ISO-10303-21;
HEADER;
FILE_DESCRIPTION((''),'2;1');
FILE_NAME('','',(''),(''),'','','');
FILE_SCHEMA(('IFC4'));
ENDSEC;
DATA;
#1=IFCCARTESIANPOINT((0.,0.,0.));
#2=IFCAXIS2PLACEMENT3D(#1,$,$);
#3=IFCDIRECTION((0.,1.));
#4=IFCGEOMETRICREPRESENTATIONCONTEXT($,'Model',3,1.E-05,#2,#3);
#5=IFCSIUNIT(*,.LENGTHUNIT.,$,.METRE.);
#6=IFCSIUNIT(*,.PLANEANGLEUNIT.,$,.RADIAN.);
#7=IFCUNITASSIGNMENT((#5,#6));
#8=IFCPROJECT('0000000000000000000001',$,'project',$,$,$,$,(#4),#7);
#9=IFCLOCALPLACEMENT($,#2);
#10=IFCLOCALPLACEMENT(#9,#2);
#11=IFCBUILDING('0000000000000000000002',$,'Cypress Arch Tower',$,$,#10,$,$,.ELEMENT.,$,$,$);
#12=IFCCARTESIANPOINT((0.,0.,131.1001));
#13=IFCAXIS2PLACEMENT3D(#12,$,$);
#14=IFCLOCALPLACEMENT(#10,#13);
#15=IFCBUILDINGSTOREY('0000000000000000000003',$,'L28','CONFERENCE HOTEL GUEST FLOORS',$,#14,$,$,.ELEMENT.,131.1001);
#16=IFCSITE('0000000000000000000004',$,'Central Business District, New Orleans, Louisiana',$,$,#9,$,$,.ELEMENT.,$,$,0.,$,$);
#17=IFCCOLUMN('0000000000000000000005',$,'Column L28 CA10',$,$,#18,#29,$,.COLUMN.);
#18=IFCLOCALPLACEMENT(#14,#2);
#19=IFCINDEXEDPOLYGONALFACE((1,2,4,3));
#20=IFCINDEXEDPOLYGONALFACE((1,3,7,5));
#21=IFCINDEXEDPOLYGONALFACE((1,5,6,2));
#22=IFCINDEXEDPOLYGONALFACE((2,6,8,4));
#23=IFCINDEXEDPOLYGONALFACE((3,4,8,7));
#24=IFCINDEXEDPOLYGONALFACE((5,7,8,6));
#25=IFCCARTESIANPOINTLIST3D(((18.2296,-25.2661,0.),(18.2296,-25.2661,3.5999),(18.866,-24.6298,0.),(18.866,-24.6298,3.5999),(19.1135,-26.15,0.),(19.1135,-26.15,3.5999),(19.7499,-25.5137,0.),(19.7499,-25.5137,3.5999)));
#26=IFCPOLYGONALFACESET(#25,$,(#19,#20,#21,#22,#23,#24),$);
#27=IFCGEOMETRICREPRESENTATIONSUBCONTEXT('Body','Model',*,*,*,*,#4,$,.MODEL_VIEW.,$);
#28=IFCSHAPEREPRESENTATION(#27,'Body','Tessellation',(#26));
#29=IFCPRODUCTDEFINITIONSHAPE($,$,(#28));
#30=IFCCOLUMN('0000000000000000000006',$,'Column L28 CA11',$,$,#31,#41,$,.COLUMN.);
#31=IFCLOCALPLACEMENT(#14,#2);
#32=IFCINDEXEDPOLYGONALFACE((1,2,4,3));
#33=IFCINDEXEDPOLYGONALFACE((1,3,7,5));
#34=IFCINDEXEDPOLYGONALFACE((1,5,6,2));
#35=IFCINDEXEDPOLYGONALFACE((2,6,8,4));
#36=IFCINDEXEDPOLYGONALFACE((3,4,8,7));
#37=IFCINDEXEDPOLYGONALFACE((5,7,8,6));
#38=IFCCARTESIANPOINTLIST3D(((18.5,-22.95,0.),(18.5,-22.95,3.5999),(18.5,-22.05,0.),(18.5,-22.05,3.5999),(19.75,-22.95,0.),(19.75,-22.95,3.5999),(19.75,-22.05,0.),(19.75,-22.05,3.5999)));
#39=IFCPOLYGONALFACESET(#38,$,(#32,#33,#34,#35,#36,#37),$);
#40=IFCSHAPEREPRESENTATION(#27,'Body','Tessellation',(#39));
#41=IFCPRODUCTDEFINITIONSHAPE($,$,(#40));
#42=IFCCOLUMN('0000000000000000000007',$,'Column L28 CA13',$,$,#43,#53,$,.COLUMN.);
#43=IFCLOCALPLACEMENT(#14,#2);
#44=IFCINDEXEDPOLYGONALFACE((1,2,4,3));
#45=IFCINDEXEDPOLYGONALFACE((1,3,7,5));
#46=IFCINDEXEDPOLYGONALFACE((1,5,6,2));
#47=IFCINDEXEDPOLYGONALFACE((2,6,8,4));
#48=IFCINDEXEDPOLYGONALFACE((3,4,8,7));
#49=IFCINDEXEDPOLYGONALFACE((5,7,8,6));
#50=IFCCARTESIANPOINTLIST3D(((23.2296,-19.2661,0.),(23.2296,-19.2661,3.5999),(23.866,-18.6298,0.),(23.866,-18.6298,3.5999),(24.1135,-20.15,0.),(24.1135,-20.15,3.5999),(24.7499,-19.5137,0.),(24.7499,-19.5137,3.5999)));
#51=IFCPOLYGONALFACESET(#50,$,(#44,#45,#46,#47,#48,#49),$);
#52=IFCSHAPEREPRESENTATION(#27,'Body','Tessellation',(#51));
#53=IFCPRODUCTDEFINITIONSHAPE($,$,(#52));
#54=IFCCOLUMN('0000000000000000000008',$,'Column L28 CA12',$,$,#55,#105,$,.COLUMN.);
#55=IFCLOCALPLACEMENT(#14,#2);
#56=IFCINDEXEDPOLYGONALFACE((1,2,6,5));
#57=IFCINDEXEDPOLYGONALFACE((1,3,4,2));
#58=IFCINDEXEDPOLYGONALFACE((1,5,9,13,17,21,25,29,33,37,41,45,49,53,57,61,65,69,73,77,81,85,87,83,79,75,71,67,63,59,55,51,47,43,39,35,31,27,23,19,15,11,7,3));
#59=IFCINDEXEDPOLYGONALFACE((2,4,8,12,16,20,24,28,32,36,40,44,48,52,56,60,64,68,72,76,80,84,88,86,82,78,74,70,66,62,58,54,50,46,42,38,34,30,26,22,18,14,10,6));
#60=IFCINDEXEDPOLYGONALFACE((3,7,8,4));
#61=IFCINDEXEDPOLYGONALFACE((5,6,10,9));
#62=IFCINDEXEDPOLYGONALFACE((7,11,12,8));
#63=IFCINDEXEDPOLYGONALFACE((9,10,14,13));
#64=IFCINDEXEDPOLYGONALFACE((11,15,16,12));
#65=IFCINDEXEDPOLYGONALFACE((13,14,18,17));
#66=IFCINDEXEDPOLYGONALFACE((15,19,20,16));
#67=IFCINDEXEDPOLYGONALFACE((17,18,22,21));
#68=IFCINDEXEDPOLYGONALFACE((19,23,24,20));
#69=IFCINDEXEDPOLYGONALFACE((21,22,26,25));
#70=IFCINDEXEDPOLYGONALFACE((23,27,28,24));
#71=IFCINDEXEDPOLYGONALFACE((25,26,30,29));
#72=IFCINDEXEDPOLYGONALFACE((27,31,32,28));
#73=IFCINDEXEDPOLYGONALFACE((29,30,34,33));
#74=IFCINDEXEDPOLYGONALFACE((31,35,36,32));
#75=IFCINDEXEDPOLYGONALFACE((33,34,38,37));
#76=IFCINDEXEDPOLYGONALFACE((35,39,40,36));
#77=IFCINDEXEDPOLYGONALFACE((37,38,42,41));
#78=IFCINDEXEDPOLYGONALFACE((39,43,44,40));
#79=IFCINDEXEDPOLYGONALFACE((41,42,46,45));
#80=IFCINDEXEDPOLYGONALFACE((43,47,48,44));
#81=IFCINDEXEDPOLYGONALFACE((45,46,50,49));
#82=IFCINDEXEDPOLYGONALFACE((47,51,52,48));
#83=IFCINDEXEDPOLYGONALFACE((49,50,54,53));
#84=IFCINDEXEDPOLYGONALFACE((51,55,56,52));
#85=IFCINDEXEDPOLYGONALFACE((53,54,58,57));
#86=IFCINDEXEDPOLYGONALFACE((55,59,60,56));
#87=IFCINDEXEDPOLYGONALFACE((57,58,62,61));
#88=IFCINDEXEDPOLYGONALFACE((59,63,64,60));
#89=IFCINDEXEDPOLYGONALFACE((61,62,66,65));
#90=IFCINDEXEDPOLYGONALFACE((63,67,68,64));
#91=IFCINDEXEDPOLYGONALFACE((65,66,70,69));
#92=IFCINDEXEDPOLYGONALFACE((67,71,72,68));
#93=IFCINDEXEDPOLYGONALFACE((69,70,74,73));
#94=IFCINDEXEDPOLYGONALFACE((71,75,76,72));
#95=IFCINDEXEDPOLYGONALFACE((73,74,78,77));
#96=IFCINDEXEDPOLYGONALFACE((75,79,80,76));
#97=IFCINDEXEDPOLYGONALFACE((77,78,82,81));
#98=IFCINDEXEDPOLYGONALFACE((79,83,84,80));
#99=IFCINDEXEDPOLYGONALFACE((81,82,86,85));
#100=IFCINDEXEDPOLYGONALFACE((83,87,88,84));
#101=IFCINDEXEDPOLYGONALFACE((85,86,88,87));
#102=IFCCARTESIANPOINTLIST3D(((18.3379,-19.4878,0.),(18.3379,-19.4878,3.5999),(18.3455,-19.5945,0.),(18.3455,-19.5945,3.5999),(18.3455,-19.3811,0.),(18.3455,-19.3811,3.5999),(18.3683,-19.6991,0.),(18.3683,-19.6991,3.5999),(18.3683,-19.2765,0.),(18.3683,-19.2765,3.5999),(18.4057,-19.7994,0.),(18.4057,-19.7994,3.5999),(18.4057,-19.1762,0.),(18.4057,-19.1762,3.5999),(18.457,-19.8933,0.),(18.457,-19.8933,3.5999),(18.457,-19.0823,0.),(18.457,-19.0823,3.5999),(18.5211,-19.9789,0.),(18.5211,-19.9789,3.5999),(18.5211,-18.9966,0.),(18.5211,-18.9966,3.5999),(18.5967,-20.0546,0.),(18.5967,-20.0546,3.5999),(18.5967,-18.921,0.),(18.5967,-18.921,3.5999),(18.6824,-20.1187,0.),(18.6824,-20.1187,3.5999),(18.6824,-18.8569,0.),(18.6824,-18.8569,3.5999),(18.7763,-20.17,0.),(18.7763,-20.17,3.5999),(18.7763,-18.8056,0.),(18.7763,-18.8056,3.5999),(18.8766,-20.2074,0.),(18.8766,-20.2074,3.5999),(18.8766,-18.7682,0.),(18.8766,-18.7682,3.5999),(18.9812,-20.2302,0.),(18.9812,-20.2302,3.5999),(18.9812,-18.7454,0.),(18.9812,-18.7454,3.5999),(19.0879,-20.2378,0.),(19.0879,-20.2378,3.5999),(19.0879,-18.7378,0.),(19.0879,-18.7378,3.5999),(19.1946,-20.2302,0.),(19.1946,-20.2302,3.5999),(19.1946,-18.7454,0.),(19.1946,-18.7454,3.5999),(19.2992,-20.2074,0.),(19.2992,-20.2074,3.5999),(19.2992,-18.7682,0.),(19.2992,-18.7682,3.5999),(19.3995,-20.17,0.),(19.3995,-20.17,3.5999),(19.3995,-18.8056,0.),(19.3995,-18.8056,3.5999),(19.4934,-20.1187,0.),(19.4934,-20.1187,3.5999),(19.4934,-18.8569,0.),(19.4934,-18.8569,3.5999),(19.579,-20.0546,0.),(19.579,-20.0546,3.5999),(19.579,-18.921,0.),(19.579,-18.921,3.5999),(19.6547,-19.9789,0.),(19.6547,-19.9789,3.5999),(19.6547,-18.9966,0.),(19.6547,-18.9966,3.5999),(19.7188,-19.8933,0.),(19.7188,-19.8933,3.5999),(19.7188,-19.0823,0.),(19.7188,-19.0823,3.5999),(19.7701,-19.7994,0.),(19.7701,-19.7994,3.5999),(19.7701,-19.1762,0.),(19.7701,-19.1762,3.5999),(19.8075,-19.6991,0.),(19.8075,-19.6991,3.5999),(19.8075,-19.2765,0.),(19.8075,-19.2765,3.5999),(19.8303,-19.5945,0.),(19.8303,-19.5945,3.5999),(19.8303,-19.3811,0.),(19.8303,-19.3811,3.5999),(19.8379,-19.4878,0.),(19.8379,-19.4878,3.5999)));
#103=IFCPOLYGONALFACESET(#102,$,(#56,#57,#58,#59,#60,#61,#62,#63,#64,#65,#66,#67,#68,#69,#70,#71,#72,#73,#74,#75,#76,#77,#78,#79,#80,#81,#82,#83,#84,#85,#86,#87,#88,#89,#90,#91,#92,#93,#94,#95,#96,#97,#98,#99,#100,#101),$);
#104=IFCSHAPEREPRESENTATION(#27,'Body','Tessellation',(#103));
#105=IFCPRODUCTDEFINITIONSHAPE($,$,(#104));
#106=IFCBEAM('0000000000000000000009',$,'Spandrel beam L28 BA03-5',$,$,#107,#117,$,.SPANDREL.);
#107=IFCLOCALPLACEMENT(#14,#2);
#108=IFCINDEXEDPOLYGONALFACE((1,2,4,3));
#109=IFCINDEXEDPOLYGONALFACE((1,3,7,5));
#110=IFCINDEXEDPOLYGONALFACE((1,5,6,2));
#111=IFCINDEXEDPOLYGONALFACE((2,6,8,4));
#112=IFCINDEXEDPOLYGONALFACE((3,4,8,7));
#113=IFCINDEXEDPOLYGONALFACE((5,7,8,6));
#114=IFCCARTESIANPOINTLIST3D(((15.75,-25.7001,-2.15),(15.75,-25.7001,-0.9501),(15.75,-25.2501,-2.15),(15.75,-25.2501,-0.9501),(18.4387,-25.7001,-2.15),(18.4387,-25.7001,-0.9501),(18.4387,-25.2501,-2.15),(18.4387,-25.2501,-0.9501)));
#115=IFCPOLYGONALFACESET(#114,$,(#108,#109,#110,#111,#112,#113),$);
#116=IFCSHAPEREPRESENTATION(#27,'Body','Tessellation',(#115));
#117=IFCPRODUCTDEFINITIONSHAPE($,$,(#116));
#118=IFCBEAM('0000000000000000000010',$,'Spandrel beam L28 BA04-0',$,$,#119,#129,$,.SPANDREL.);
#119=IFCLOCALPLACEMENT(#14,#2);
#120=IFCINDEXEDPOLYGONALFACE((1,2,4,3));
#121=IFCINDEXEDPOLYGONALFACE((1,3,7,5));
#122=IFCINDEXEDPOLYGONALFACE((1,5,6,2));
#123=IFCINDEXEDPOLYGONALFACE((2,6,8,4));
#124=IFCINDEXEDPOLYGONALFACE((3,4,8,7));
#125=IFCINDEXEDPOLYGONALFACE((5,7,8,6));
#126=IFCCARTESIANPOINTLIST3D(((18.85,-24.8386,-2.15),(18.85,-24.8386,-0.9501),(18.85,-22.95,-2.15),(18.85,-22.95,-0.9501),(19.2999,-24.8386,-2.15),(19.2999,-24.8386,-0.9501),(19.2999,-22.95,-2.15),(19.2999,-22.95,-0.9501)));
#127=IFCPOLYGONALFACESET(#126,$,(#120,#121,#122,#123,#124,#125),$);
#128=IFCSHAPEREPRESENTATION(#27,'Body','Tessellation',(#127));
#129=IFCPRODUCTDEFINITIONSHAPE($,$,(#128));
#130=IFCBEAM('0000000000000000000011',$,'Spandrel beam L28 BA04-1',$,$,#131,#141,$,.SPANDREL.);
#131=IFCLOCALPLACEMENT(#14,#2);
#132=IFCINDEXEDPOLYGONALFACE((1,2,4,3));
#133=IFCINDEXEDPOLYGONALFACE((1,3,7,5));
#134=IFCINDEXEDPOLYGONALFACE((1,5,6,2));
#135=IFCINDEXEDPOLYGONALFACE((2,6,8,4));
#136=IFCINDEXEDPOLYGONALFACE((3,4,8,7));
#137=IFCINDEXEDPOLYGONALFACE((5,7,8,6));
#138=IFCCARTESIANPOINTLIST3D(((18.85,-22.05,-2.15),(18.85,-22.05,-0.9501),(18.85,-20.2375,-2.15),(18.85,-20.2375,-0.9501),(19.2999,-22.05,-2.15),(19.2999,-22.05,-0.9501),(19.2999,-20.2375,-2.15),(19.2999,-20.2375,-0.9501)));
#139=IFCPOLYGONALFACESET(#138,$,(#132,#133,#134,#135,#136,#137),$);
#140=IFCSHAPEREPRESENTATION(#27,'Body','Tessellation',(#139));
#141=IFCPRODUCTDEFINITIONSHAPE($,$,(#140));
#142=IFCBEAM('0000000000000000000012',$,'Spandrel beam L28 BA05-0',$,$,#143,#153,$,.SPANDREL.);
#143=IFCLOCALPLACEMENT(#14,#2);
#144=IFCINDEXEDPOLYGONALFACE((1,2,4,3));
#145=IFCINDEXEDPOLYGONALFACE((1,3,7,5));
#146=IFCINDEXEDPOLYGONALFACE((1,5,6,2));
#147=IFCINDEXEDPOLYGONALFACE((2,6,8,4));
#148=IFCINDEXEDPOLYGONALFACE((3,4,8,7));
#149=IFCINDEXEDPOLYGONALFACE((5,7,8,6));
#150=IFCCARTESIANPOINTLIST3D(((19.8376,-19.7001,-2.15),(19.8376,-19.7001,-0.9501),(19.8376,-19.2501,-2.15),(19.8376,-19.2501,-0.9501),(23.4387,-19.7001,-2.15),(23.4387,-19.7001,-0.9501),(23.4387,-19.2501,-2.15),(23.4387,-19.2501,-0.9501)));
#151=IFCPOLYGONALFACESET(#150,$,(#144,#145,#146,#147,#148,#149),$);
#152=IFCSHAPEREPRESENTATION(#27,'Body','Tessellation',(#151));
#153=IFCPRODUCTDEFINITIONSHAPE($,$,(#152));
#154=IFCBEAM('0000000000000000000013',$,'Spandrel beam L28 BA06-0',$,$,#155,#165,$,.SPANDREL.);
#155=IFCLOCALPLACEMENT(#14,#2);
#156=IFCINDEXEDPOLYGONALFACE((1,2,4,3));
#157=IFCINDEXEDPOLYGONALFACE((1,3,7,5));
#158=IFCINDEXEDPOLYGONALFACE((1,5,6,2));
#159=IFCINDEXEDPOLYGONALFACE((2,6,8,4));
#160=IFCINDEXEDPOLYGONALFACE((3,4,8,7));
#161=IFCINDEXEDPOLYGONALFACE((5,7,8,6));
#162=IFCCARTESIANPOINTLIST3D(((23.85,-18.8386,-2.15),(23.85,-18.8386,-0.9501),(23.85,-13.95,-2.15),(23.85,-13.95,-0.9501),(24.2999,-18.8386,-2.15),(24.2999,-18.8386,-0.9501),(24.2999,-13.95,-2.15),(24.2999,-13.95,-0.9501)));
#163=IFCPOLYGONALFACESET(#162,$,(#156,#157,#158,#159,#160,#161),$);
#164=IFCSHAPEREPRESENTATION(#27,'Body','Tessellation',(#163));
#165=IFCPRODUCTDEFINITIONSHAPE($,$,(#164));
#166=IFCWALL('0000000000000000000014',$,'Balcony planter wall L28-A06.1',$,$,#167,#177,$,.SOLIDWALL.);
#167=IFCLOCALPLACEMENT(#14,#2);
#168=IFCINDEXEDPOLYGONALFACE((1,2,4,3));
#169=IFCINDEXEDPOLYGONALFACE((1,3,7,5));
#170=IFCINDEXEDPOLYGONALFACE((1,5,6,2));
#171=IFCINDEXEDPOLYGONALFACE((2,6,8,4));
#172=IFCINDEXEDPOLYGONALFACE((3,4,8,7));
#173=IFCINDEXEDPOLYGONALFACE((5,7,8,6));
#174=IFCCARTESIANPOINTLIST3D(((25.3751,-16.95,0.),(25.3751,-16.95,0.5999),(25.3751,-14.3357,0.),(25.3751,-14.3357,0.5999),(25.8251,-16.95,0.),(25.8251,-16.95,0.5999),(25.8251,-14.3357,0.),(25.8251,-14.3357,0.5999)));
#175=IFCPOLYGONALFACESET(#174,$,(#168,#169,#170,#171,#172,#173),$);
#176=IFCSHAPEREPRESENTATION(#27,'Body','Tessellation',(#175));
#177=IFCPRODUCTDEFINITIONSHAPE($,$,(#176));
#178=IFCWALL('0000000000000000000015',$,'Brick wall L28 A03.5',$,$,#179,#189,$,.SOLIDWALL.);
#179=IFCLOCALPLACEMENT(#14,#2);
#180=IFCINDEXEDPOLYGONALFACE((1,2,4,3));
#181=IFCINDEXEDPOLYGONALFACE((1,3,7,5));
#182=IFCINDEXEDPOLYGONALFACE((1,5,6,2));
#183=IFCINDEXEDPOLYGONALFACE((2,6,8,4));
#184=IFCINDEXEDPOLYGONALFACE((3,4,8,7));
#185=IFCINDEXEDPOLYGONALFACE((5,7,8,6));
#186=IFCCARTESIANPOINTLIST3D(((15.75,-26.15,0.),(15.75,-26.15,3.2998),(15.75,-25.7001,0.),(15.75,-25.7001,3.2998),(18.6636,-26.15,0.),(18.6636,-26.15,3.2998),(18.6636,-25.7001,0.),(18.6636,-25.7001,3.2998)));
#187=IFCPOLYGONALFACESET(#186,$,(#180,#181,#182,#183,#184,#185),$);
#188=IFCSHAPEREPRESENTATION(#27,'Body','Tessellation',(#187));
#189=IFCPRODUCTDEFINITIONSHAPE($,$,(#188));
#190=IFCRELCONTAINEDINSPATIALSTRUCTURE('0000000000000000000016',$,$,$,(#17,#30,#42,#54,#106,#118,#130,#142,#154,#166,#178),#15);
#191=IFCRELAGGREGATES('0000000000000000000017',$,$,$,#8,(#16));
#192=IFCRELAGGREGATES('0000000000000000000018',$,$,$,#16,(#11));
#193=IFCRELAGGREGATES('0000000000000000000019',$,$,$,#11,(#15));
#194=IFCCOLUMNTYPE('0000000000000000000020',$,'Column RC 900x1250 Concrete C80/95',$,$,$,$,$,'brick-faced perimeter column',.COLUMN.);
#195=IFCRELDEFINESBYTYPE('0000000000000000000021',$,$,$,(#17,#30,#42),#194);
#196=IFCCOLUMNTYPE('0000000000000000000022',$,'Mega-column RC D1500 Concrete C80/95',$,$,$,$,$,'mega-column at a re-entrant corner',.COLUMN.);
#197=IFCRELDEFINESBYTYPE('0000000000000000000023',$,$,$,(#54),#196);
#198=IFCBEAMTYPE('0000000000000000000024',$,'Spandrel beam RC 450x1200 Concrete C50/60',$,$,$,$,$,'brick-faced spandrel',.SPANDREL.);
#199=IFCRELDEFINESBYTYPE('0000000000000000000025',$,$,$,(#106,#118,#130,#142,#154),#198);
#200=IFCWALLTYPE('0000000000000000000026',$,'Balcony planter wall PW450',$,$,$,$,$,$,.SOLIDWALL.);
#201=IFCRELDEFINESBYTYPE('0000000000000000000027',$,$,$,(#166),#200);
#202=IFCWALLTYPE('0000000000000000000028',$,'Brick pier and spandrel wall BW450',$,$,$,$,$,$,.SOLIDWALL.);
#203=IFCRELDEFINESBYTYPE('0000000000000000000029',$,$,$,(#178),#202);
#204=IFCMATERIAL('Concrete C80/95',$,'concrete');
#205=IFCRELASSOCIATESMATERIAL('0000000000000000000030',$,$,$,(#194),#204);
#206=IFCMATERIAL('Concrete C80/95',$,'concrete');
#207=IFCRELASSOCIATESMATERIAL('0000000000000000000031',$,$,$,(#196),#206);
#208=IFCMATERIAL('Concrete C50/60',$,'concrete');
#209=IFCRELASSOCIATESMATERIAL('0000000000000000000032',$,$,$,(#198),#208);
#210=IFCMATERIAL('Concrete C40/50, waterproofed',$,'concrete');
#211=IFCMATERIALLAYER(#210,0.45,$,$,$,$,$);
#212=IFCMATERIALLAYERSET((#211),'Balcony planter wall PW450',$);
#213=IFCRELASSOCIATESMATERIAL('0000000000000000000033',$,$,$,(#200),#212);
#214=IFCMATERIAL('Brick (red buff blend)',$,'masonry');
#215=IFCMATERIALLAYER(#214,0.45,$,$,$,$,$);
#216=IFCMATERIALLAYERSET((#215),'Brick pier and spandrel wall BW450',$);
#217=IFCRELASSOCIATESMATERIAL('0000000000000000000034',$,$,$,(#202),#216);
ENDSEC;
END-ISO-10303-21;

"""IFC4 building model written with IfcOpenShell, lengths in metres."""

from ifc_helpers import new_model, si_unit, direction, frame, frame_2d, origin, origin_2d, place, context, subcontext, project, spatial, rectangle, circle, extrude, material, layer, layer_set, material_profile, profile_set, type_object, element, save


model = new_model("IFC4")

# Units and contexts
model_context = context("Model", 3, precision=1e-05, world=origin(), true_north=direction((0.0, 1.0)))
body_context = subcontext(model_context, "Body", "Model", "MODEL_VIEW")
ifc_project = project(units=[si_unit("LENGTHUNIT", "METRE"), si_unit("PLANEANGLEUNIT", "RADIAN")], contexts=[model_context])

# Site, building, storey
site_placement = place(None, origin())
site = spatial("IfcSite", under=ifc_project, at=site_placement, Name="Central Business District, New Orleans, Louisiana", CompositionType="ELEMENT", RefElevation=0.0)
building_placement = place(site_placement, origin())
building = spatial("IfcBuilding", under=site, at=building_placement, Name="Cypress Arch Tower", CompositionType="ELEMENT")
storey_placement = place(building_placement, frame((0.0, 0.0, 131.1001)))
storey = spatial("IfcBuildingStorey", under=building, at=storey_placement, Name="L28", Description="CONFERENCE HOTEL GUEST FLOORS", CompositionType="ELEMENT", Elevation=131.1001)

# Columns
ifc_material_1 = material(Name="Concrete C80/95", Category="concrete")
ifc_material_profile_1 = material_profile(ifc_material_1, rectangle(XDim=0.8999, YDim=1.25, at=origin_2d()), Name="RC 900x1250")
ifc_profile_set_1 = profile_set([ifc_material_profile_1], Name="Concrete C80/95")
column_type_1 = type_object("IfcColumnType", Name="Column RC 900x1250 Concrete C80/95", ElementType="brick-faced perimeter column", PredefinedType="COLUMN", material=ifc_profile_set_1)
for number, where, z_axis, x_axis, name in (
    (1, (18.9897, -25.3899, 0.0), (0.0, 0.0, 1.0), (0.707107, 0.707107, 0.0), "Column L28 CA10"),
    (2, (19.125, -22.5, 0.0), (0.0, 0.0, 1.0), (0.0, 1.0, 0.0), "Column L28 CA11"),
    (3, (23.9897, -19.3899, 0.0), (0.0, 0.0, 1.0), (0.707107, 0.707107, 0.0), "Column L28 CA13"),
):
    element("IfcColumn", number, at=place(storey_placement, frame(where, z_axis=z_axis, x_axis=x_axis)), inside=storey, type_object=column_type_1, Name=name, PredefinedType="COLUMN", context=body_context, shape_type="SweptSolid", body=[
        extrude(rectangle(XDim=0.8999, YDim=1.25, at=origin_2d()), origin(), (0.0, 0.0, 1.0), 3.5999),
    ])
ifc_material_2 = material(Name="Concrete C80/95", Category="concrete")
ifc_material_profile_2 = material_profile(ifc_material_2, circle(Radius=0.75, at=origin_2d()), Name="RC D1500")
ifc_profile_set_2 = profile_set([ifc_material_profile_2], Name="Concrete C80/95")
column_type_2 = type_object("IfcColumnType", Name="Mega-column RC D1500 Concrete C80/95", ElementType="mega-column at a re-entrant corner", PredefinedType="COLUMN", material=ifc_profile_set_2)
column_placement = place(storey_placement, frame((19.0879, -19.4878, 0.0), z_axis=(0.0, 0.0, 1.0), x_axis=(1.0, 0.0, 0.0)))
element("IfcColumn", 4, at=column_placement, inside=storey, type_object=column_type_2, Name="Column L28 CA12", PredefinedType="COLUMN", context=body_context, shape_type="SweptSolid", body=[
    extrude(circle(Radius=0.75, at=origin_2d()), origin(), (0.0, 0.0, 1.0), 3.5999),
])

# Beams
ifc_material_3 = material(Name="Concrete C50/60", Category="concrete")
ifc_material_profile_3 = material_profile(ifc_material_3, rectangle(XDim=0.45, YDim=1.2, at=origin_2d()), Name="RC 450x1200")
ifc_profile_set_3 = profile_set([ifc_material_profile_3], Name="Concrete C50/60")
beam_type = type_object("IfcBeamType", Name="Spandrel beam RC 450x1200 Concrete C50/60", ElementType="brick-faced spandrel", PredefinedType="SPANDREL", material=ifc_profile_set_3)
beam_1_placement = place(storey_placement, frame((15.75, -25.4751, -1.55), z_axis=(1.0, 0.0, 0.0), x_axis=(0.0, 1.0, 0.0)))
element("IfcBeam", 5, at=beam_1_placement, inside=storey, type_object=beam_type, Name="Spandrel beam L28 BA03-5", PredefinedType="SPANDREL", context=body_context, shape_type="SweptSolid", body=[
    extrude(rectangle(XDim=0.45, YDim=1.2, at=origin_2d()), origin(), (0.0, 0.0, 1.0), 2.6887),
])
beam_2_placement = place(storey_placement, frame((19.075, -24.8386, -1.55), z_axis=(0.0, 1.0, 0.0), x_axis=(-1.0, 0.0, 0.0)))
element("IfcBeam", 6, at=beam_2_placement, inside=storey, type_object=beam_type, Name="Spandrel beam L28 BA04-0", PredefinedType="SPANDREL", context=body_context, shape_type="SweptSolid", body=[
    extrude(rectangle(XDim=0.45, YDim=1.2, at=origin_2d()), origin(), (0.0, 0.0, 1.0), 1.8887),
])
beam_3_placement = place(storey_placement, frame((19.075, -22.05, -1.55), z_axis=(0.0, 1.0, 0.0), x_axis=(-1.0, 0.0, 0.0)))
element("IfcBeam", 7, at=beam_3_placement, inside=storey, type_object=beam_type, Name="Spandrel beam L28 BA04-1", PredefinedType="SPANDREL", context=body_context, shape_type="SweptSolid", body=[
    extrude(rectangle(XDim=0.45, YDim=1.2, at=origin_2d()), origin(), (0.0, 0.0, 1.0), 1.8125),
])
beam_4_placement = place(storey_placement, frame((19.8376, -19.4751, -1.55), z_axis=(1.0, 0.0, 0.0), x_axis=(0.0, 1.0, 0.0)))
element("IfcBeam", 8, at=beam_4_placement, inside=storey, type_object=beam_type, Name="Spandrel beam L28 BA05-0", PredefinedType="SPANDREL", context=body_context, shape_type="SweptSolid", body=[
    extrude(rectangle(XDim=0.45, YDim=1.2, at=origin_2d()), origin(), (0.0, 0.0, 1.0), 3.6011),
])
beam_5_placement = place(storey_placement, frame((24.075, -18.8386, -1.55), z_axis=(0.0, 1.0, 0.0), x_axis=(-1.0, 0.0, 0.0)))
element("IfcBeam", 9, at=beam_5_placement, inside=storey, type_object=beam_type, Name="Spandrel beam L28 BA06-0", PredefinedType="SPANDREL", context=body_context, shape_type="SweptSolid", body=[
    extrude(rectangle(XDim=0.45, YDim=1.2, at=origin_2d()), origin(), (0.0, 0.0, 1.0), 4.8887),
])

# Walls
ifc_material_4 = material(Name="Concrete C40/50, waterproofed", Category="concrete")
ifc_layer_1 = layer(ifc_material_4, 0.45)
ifc_layer_set_1 = layer_set([ifc_layer_1], Name="Balcony planter wall PW450")
wall_type_1 = type_object("IfcWallType", Name="Balcony planter wall PW450", PredefinedType="SOLIDWALL", material=ifc_layer_set_1)
wall_1_placement = place(storey_placement, frame((25.6001, -16.95, 0.0), z_axis=(0.0, 0.0, 1.0), x_axis=(0.0, 1.0, 0.0)))
element("IfcWall", 10, at=wall_1_placement, inside=storey, type_object=wall_type_1, Name="Balcony planter wall L28-A06.1", PredefinedType="SOLIDWALL", context=body_context, shape_type="SweptSolid", body=[
    extrude(rectangle(XDim=2.6143, YDim=0.45, at=frame_2d((1.3071, 0.0))), origin(), (0.0, 0.0, 1.0), 0.5999),
])
ifc_material_5 = material(Name="Brick (red buff blend)", Category="masonry")
ifc_layer_2 = layer(ifc_material_5, 0.45)
ifc_layer_set_2 = layer_set([ifc_layer_2], Name="Brick pier and spandrel wall BW450")
wall_type_2 = type_object("IfcWallType", Name="Brick pier and spandrel wall BW450", PredefinedType="SOLIDWALL", material=ifc_layer_set_2)
wall_2_placement = place(storey_placement, frame((15.75, -25.925, 0.0), z_axis=(0.0, 0.0, 1.0), x_axis=(1.0, 0.0, 0.0)))
element("IfcWall", 11, at=wall_2_placement, inside=storey, type_object=wall_type_2, Name="Brick wall L28 A03.5", PredefinedType="SOLIDWALL", context=body_context, shape_type="SweptSolid", body=[
    extrude(rectangle(XDim=2.9136, YDim=0.45, at=frame_2d((1.4568, 0.0))), origin(), (0.0, 0.0, 1.0), 3.2998),
])

save(model, "model.ifc")
